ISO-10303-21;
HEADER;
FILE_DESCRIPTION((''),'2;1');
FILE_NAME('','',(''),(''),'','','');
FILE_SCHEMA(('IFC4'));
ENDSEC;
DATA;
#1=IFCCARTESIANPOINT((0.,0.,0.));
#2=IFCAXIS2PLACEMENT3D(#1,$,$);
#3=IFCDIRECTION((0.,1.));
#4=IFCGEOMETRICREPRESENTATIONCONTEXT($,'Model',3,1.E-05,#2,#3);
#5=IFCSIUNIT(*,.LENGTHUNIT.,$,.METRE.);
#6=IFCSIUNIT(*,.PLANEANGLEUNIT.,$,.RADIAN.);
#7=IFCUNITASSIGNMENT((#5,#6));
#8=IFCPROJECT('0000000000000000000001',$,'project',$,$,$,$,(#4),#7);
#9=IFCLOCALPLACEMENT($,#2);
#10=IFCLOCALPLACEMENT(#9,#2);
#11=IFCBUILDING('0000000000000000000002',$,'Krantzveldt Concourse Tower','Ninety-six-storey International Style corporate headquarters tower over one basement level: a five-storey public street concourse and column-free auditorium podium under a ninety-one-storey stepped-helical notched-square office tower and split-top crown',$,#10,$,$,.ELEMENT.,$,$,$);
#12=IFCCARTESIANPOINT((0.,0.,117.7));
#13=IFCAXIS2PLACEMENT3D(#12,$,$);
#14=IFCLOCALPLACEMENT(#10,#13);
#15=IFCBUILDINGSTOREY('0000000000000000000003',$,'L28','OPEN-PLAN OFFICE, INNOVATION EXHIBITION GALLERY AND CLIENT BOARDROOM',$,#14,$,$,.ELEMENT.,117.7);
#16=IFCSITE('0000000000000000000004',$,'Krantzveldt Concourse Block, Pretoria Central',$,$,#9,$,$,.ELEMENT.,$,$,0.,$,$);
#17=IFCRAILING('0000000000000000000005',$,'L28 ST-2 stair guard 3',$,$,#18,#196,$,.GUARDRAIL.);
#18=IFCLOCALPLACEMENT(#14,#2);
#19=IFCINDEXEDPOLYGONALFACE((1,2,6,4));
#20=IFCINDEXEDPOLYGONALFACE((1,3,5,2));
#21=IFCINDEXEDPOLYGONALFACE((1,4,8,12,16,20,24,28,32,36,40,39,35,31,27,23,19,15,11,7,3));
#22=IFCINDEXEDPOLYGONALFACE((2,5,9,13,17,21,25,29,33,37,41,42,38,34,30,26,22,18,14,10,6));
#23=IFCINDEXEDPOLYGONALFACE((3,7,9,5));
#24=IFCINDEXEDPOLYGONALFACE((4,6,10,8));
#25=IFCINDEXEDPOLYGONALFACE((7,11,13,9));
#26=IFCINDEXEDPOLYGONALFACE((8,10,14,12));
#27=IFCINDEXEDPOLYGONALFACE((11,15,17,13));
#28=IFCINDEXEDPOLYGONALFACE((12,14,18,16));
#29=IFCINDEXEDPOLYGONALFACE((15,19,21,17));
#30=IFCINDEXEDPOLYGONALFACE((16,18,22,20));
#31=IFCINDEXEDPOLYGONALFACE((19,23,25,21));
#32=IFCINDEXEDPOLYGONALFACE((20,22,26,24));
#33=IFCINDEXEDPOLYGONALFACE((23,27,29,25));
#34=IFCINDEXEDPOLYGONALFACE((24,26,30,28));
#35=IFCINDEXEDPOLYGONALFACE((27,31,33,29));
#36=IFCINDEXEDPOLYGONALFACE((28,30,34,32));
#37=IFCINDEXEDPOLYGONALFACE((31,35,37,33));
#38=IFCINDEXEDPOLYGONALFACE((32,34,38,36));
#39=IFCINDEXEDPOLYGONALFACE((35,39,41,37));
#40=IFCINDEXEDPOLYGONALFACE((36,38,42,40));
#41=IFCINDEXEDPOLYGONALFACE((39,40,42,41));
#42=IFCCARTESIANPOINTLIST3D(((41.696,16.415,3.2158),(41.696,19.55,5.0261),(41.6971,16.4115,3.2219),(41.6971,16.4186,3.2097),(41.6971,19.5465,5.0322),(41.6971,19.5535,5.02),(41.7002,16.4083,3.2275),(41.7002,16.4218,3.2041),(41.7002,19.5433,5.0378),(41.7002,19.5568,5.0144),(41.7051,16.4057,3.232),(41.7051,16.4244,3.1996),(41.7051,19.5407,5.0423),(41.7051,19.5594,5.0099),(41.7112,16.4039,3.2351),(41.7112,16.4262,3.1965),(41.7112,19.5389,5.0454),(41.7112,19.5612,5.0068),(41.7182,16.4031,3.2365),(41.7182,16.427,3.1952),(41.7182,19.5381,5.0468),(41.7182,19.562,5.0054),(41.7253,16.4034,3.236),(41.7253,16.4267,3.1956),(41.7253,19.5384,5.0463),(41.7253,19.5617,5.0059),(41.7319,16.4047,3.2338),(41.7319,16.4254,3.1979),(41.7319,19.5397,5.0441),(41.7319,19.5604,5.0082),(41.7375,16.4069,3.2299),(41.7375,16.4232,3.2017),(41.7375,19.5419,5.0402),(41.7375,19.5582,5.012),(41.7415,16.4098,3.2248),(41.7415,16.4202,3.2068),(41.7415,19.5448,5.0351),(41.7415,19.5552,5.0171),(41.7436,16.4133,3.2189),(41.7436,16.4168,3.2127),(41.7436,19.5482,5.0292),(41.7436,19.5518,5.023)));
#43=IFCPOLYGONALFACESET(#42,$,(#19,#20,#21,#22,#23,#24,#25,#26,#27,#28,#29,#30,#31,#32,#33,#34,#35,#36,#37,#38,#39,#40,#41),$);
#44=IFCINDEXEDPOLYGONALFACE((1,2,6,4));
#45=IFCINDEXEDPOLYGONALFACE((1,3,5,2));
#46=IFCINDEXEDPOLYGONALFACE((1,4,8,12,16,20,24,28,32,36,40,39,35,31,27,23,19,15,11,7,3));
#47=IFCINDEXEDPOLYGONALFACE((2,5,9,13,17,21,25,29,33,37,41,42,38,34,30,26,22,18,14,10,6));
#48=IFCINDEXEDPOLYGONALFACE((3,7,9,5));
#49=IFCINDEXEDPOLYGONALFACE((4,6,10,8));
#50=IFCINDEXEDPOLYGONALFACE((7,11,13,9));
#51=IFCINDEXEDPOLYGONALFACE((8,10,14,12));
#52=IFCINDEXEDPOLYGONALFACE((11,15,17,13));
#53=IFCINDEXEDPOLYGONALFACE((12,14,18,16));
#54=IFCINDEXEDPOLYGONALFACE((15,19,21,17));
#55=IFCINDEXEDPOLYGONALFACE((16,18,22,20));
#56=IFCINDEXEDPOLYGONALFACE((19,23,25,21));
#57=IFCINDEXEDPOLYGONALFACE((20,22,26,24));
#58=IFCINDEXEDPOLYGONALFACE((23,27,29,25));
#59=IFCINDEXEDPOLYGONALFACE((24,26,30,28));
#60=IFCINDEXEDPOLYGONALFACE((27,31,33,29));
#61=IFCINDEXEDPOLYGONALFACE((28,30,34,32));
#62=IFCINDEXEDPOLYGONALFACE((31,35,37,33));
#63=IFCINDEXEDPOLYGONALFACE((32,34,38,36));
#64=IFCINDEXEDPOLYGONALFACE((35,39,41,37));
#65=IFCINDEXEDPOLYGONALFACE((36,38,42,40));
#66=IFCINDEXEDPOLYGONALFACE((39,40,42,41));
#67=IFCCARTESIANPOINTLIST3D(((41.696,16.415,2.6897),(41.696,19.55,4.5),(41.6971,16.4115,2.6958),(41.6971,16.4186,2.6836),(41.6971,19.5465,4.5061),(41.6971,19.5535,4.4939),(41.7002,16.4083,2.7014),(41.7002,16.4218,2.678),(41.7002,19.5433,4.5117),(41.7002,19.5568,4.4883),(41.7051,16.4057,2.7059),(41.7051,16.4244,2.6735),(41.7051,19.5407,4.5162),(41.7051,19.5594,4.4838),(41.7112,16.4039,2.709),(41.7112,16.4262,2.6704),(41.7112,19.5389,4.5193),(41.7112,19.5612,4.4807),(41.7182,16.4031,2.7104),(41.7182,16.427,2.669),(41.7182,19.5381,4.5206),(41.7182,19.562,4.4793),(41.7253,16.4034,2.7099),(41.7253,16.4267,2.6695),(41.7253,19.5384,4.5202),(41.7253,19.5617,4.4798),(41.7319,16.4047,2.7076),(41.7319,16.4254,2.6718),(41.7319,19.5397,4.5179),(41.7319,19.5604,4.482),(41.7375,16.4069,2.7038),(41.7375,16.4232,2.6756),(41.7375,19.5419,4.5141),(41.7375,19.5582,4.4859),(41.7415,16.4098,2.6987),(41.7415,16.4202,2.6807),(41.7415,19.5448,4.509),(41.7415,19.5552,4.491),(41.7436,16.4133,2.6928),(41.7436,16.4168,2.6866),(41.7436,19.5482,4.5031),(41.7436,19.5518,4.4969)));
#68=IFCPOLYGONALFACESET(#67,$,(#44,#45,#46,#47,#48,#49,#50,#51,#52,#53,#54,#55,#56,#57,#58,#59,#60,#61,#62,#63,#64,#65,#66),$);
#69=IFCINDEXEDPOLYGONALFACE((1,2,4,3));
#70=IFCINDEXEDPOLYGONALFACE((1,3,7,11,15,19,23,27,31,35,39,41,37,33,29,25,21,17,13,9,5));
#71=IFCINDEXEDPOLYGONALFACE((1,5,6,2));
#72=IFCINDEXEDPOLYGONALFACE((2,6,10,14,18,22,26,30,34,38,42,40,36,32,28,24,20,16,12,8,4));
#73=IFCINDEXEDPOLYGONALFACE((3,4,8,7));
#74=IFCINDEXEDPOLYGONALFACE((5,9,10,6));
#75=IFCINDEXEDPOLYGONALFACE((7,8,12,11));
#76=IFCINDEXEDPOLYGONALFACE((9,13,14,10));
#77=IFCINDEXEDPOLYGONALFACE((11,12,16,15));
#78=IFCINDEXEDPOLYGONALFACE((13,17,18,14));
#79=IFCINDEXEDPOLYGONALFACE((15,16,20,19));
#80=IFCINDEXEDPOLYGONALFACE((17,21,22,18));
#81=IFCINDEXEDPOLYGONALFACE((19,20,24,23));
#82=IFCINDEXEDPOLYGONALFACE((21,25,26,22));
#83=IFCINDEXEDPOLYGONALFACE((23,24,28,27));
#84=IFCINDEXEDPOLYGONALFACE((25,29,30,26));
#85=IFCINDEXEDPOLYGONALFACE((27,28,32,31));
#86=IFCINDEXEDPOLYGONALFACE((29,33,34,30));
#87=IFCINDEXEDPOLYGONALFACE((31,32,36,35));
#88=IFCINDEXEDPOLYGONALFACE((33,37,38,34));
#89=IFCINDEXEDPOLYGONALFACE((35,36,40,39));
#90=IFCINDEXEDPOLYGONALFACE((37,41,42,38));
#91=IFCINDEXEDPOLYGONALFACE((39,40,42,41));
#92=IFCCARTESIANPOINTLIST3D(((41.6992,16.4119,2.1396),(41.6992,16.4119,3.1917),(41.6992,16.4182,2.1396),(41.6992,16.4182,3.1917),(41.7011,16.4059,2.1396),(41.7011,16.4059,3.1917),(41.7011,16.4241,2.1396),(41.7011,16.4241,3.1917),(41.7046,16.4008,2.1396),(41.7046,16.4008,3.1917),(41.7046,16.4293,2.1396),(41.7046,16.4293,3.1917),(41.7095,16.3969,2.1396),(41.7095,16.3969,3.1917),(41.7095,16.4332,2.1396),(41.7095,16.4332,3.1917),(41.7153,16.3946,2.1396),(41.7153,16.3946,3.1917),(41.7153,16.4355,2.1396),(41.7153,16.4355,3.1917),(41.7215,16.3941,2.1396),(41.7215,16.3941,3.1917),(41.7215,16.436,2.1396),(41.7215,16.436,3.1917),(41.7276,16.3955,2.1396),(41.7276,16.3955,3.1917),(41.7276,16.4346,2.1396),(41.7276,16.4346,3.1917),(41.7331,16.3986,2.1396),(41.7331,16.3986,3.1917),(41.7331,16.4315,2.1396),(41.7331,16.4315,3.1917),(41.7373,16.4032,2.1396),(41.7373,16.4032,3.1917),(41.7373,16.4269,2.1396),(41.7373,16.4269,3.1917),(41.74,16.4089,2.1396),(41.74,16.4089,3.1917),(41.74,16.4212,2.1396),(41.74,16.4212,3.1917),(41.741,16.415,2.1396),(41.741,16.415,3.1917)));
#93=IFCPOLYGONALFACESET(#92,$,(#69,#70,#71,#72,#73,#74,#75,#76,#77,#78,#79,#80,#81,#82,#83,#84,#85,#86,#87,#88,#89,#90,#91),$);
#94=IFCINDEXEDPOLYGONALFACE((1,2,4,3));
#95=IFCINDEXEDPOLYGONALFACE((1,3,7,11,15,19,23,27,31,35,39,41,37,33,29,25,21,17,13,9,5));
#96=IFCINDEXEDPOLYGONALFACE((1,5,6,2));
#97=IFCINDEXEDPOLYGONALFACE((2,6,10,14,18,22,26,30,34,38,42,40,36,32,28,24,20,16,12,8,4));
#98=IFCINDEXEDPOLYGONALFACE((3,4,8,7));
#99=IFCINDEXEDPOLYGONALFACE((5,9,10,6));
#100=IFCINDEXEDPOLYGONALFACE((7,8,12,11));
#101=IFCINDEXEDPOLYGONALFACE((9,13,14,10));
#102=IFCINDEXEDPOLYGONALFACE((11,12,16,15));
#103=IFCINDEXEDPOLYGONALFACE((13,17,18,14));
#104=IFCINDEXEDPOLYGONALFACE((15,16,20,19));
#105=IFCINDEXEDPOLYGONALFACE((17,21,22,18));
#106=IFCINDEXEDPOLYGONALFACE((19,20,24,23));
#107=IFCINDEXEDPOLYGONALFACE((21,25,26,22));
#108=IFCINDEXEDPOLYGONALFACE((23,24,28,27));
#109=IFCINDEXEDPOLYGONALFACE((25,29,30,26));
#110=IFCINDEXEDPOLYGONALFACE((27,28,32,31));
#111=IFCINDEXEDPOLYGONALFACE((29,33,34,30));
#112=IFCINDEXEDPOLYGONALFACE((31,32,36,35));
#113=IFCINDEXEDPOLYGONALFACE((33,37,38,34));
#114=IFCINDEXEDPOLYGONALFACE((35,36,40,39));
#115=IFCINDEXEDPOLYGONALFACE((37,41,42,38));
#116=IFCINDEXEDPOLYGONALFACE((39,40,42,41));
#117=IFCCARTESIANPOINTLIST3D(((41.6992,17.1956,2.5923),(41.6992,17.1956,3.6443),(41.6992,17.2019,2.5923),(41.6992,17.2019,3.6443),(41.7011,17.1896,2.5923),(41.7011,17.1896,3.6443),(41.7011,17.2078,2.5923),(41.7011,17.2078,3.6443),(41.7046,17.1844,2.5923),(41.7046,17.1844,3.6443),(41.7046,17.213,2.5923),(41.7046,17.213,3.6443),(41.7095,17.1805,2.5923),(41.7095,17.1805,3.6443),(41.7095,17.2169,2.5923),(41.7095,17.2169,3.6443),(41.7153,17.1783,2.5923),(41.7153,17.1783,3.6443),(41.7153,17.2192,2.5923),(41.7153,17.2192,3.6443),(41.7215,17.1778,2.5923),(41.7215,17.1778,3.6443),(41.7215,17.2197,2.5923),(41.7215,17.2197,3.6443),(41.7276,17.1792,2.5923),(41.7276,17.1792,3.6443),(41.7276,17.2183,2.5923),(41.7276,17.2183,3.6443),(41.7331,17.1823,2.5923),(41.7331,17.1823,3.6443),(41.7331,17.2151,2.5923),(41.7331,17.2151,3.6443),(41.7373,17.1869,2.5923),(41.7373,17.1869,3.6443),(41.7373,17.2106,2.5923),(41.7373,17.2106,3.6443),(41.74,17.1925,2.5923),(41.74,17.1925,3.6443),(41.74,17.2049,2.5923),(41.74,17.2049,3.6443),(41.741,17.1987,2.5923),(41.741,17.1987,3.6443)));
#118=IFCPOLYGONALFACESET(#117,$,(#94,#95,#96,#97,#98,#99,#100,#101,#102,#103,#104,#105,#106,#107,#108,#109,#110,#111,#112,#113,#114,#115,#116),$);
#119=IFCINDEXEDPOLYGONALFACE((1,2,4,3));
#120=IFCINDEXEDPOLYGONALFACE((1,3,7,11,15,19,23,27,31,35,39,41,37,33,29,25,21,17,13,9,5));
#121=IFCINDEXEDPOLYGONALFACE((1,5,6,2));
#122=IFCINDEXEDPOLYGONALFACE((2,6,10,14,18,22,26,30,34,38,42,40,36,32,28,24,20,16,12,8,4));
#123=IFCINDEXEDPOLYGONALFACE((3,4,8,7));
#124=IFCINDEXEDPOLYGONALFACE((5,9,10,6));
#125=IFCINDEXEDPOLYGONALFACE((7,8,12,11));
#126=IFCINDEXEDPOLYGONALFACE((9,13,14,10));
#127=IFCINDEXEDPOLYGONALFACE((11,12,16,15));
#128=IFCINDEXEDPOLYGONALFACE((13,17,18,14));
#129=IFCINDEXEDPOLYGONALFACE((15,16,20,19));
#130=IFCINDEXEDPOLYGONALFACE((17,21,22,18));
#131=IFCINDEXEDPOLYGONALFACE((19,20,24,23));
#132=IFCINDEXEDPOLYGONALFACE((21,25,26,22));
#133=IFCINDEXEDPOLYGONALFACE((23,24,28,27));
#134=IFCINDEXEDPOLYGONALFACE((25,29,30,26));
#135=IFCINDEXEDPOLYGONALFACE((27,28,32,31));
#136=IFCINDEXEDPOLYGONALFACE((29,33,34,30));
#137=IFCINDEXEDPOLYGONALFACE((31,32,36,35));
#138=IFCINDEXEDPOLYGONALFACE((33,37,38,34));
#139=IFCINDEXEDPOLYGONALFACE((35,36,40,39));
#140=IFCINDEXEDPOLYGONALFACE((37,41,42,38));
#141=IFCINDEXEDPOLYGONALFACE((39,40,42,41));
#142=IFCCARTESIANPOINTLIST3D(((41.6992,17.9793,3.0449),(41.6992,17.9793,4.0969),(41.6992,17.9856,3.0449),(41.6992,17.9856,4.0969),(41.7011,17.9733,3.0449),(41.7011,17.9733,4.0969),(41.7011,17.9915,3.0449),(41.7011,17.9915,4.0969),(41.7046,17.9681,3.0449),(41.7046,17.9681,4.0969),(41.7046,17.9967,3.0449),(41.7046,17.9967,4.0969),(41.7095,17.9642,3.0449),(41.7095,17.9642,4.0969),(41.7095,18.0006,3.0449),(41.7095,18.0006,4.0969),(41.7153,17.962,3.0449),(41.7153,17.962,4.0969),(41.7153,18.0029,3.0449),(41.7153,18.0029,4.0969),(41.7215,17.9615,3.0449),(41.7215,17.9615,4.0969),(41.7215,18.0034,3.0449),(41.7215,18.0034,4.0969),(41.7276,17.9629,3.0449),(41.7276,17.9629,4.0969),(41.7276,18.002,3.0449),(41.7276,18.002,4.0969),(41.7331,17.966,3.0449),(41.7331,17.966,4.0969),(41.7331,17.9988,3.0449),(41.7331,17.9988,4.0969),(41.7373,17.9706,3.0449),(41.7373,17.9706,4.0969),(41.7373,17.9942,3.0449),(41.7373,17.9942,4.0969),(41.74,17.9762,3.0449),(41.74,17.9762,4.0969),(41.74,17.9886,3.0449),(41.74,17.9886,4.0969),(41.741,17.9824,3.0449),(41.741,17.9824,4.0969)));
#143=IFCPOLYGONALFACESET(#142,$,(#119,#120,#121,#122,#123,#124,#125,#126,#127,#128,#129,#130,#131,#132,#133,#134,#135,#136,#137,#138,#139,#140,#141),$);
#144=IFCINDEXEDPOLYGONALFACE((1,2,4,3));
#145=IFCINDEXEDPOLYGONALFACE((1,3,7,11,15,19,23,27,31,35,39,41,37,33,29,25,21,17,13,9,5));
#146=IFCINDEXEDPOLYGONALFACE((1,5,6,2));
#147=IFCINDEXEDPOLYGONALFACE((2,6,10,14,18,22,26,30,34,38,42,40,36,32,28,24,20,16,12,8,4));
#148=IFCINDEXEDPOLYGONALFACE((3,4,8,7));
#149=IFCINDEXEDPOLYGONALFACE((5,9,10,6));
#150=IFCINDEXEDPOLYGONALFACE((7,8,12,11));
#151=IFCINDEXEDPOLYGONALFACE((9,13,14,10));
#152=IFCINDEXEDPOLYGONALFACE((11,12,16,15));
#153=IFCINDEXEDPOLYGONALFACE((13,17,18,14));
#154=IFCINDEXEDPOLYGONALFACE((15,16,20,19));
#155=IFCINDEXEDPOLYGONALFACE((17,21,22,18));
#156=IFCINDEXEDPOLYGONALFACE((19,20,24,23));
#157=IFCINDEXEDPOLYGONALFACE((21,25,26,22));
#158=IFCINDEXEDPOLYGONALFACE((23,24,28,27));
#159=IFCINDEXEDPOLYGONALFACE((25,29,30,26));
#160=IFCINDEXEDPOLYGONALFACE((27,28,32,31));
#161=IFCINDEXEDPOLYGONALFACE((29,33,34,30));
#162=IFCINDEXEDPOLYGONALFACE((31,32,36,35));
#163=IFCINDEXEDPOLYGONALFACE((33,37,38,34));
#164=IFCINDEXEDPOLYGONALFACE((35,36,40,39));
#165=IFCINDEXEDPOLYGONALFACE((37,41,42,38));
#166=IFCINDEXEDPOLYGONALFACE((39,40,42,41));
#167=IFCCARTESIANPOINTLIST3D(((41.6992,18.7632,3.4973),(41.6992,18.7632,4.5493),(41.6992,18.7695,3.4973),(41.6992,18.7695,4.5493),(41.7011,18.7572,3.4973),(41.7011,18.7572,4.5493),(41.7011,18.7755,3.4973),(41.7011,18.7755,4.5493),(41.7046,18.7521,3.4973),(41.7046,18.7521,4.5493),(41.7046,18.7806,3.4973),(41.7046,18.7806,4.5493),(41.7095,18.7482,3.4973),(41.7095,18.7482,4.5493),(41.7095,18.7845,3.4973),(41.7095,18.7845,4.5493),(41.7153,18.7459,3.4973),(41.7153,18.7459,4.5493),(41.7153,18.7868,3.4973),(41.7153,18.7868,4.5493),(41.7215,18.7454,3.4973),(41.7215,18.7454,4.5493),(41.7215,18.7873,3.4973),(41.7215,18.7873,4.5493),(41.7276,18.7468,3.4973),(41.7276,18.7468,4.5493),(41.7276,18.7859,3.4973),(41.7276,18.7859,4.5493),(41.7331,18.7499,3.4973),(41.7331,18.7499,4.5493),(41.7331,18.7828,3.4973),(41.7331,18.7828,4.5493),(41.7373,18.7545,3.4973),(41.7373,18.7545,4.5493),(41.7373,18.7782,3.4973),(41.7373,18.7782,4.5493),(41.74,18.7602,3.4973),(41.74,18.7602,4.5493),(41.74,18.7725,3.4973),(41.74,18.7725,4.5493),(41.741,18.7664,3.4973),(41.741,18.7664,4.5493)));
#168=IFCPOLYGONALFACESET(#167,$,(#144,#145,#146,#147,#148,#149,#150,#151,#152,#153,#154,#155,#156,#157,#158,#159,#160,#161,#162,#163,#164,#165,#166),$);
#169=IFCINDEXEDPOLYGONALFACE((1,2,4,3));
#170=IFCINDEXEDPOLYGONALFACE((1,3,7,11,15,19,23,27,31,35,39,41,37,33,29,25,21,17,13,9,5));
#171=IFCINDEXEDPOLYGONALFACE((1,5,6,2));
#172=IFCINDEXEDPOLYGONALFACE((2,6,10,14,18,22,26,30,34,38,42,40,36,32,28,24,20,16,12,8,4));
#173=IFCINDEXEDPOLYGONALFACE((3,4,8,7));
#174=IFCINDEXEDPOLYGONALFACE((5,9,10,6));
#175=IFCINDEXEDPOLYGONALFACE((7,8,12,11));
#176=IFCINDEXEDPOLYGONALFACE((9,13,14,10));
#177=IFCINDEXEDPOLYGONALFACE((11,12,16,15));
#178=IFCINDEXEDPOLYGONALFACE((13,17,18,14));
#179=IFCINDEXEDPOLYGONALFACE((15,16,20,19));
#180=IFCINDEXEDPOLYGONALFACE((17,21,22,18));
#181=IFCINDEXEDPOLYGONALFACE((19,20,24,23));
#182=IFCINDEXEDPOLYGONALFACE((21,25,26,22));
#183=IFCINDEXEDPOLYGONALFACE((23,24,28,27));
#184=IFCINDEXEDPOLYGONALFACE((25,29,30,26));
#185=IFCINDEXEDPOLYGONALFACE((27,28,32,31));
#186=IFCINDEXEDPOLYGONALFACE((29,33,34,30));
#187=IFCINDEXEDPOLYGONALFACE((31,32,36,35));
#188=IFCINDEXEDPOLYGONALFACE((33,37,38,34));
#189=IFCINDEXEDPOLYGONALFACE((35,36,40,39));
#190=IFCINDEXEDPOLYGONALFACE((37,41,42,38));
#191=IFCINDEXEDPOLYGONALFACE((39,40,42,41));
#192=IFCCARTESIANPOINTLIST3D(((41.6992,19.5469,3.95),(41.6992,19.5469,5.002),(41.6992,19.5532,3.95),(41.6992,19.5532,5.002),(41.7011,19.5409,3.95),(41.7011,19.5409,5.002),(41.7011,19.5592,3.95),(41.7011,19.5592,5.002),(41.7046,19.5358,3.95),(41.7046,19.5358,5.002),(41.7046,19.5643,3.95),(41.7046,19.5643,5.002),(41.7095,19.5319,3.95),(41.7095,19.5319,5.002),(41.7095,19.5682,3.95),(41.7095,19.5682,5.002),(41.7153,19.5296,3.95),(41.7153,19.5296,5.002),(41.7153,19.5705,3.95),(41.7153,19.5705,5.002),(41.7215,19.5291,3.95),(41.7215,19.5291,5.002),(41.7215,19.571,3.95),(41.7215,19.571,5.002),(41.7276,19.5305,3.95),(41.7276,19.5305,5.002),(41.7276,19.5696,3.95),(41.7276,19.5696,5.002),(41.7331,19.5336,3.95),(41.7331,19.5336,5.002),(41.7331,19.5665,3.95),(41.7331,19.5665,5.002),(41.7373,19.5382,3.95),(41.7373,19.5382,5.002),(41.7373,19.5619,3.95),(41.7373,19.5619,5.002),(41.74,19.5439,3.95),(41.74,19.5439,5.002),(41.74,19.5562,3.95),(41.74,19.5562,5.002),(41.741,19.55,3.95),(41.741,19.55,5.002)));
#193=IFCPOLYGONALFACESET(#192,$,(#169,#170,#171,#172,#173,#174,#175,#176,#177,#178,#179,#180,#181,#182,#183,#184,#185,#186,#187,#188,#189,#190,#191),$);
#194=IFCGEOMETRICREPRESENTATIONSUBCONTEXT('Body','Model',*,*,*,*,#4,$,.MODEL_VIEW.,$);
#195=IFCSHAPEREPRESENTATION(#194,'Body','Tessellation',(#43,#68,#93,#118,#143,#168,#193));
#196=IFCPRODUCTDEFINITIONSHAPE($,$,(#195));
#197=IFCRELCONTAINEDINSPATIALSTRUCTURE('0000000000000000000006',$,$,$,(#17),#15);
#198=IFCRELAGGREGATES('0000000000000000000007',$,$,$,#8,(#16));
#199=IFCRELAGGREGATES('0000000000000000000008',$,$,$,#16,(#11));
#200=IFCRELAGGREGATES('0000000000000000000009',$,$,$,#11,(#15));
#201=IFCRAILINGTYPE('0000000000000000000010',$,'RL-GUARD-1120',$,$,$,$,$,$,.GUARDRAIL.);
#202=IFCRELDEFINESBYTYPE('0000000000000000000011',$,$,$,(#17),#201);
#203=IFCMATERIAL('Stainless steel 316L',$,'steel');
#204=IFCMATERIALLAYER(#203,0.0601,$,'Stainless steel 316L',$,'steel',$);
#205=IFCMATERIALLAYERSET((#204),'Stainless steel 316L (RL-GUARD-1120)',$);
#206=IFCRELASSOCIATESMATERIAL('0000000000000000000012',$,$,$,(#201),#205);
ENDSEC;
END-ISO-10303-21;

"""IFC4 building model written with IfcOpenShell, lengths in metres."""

from ifc_helpers import new_model, si_unit, direction, frame, origin, origin_2d, place, context, subcontext, project, spatial, circle, extrude, material, layer, layer_set, type_object, element, save


model = new_model("IFC4")

# Units and contexts
model_context = context("Model", 3, precision=1e-05, world=origin(), true_north=direction((0.0, 1.0)))
body_context = subcontext(model_context, "Body", "Model", "MODEL_VIEW")
ifc_project = project(units=[si_unit("LENGTHUNIT", "METRE"), si_unit("PLANEANGLEUNIT", "RADIAN")], contexts=[model_context])

# Site, building, storey
site_placement = place(None, origin())
site = spatial("IfcSite", under=ifc_project, at=site_placement, Name="Krantzveldt Concourse Block, Pretoria Central", CompositionType="ELEMENT", RefElevation=0.0)
building_placement = place(site_placement, origin())
building = spatial("IfcBuilding", under=site, at=building_placement, Name="Krantzveldt Concourse Tower", Description="Ninety-six-storey International Style corporate headquarters tower over one basement level: a five-storey public street concourse and column-free auditorium podium under a ninety-one-storey stepped-helical notched-square office tower and split-top crown", CompositionType="ELEMENT")
storey_placement = place(building_placement, frame((0.0, 0.0, 117.7)))
storey = spatial("IfcBuildingStorey", under=building, at=storey_placement, Name="L28", Description="OPEN-PLAN OFFICE, INNOVATION EXHIBITION GALLERY AND CLIENT BOARDROOM", CompositionType="ELEMENT", Elevation=117.7)

# Shared definitions
ifc_material_1 = material(Name="Stainless steel 316L", Category="steel")

# Railing
ifc_layer_1 = layer(ifc_material_1, 0.0601, Name="Stainless steel 316L", Category="steel")
ifc_layer_set_1 = layer_set([ifc_layer_1], Name="Stainless steel 316L (RL-GUARD-1120)")
railing_type_1 = type_object("IfcRailingType", Name="RL-GUARD-1120", PredefinedType="GUARDRAIL", material=ifc_layer_set_1)
railing_1_placement = place(storey_placement, frame((41.72, 16.415, 2.1396)))
element("IfcRailing", 1, at=railing_1_placement, inside=storey, type_object=railing_type_1, Name="L28 ST-2 stair guard 3", PredefinedType="GUARDRAIL", context=body_context, shape_type="SweptSolid", body=[
    extrude(circle(Radius=0.0239, at=origin_2d()), frame((0.0, 0.0, 1.0762), z_axis=(0.0, 0.865989, 0.500063), x_axis=(-1.0, 0.0, 0.0)), (0.0, 0.0, 1.0), 3.6201),
    extrude(circle(Radius=0.0239, at=origin_2d()), frame((0.0, 0.0, 0.55), z_axis=(0.0, 0.865989, 0.500063), x_axis=(-1.0, 0.0, 0.0)), (0.0, 0.0, 1.0), 3.6201),
    extrude(circle(Radius=0.021, at=origin_2d()), origin(), (0.0, 0.0, 1.0), 1.052),
    extrude(circle(Radius=0.021, at=origin_2d()), frame((0.0, 0.7837, 0.4526)), (0.0, 0.0, 1.0), 1.052),
    extrude(circle(Radius=0.021, at=origin_2d()), frame((0.0, 1.5674, 0.9053)), (0.0, 0.0, 1.0), 1.052),
    extrude(circle(Radius=0.021, at=origin_2d()), frame((0.0, 2.3513, 1.3577)), (0.0, 0.0, 1.0), 1.052),
    extrude(circle(Radius=0.021, at=origin_2d()), frame((0.0, 3.135, 1.8103)), (0.0, 0.0, 1.0), 1.052),
])

save(model, "model.ifc")
